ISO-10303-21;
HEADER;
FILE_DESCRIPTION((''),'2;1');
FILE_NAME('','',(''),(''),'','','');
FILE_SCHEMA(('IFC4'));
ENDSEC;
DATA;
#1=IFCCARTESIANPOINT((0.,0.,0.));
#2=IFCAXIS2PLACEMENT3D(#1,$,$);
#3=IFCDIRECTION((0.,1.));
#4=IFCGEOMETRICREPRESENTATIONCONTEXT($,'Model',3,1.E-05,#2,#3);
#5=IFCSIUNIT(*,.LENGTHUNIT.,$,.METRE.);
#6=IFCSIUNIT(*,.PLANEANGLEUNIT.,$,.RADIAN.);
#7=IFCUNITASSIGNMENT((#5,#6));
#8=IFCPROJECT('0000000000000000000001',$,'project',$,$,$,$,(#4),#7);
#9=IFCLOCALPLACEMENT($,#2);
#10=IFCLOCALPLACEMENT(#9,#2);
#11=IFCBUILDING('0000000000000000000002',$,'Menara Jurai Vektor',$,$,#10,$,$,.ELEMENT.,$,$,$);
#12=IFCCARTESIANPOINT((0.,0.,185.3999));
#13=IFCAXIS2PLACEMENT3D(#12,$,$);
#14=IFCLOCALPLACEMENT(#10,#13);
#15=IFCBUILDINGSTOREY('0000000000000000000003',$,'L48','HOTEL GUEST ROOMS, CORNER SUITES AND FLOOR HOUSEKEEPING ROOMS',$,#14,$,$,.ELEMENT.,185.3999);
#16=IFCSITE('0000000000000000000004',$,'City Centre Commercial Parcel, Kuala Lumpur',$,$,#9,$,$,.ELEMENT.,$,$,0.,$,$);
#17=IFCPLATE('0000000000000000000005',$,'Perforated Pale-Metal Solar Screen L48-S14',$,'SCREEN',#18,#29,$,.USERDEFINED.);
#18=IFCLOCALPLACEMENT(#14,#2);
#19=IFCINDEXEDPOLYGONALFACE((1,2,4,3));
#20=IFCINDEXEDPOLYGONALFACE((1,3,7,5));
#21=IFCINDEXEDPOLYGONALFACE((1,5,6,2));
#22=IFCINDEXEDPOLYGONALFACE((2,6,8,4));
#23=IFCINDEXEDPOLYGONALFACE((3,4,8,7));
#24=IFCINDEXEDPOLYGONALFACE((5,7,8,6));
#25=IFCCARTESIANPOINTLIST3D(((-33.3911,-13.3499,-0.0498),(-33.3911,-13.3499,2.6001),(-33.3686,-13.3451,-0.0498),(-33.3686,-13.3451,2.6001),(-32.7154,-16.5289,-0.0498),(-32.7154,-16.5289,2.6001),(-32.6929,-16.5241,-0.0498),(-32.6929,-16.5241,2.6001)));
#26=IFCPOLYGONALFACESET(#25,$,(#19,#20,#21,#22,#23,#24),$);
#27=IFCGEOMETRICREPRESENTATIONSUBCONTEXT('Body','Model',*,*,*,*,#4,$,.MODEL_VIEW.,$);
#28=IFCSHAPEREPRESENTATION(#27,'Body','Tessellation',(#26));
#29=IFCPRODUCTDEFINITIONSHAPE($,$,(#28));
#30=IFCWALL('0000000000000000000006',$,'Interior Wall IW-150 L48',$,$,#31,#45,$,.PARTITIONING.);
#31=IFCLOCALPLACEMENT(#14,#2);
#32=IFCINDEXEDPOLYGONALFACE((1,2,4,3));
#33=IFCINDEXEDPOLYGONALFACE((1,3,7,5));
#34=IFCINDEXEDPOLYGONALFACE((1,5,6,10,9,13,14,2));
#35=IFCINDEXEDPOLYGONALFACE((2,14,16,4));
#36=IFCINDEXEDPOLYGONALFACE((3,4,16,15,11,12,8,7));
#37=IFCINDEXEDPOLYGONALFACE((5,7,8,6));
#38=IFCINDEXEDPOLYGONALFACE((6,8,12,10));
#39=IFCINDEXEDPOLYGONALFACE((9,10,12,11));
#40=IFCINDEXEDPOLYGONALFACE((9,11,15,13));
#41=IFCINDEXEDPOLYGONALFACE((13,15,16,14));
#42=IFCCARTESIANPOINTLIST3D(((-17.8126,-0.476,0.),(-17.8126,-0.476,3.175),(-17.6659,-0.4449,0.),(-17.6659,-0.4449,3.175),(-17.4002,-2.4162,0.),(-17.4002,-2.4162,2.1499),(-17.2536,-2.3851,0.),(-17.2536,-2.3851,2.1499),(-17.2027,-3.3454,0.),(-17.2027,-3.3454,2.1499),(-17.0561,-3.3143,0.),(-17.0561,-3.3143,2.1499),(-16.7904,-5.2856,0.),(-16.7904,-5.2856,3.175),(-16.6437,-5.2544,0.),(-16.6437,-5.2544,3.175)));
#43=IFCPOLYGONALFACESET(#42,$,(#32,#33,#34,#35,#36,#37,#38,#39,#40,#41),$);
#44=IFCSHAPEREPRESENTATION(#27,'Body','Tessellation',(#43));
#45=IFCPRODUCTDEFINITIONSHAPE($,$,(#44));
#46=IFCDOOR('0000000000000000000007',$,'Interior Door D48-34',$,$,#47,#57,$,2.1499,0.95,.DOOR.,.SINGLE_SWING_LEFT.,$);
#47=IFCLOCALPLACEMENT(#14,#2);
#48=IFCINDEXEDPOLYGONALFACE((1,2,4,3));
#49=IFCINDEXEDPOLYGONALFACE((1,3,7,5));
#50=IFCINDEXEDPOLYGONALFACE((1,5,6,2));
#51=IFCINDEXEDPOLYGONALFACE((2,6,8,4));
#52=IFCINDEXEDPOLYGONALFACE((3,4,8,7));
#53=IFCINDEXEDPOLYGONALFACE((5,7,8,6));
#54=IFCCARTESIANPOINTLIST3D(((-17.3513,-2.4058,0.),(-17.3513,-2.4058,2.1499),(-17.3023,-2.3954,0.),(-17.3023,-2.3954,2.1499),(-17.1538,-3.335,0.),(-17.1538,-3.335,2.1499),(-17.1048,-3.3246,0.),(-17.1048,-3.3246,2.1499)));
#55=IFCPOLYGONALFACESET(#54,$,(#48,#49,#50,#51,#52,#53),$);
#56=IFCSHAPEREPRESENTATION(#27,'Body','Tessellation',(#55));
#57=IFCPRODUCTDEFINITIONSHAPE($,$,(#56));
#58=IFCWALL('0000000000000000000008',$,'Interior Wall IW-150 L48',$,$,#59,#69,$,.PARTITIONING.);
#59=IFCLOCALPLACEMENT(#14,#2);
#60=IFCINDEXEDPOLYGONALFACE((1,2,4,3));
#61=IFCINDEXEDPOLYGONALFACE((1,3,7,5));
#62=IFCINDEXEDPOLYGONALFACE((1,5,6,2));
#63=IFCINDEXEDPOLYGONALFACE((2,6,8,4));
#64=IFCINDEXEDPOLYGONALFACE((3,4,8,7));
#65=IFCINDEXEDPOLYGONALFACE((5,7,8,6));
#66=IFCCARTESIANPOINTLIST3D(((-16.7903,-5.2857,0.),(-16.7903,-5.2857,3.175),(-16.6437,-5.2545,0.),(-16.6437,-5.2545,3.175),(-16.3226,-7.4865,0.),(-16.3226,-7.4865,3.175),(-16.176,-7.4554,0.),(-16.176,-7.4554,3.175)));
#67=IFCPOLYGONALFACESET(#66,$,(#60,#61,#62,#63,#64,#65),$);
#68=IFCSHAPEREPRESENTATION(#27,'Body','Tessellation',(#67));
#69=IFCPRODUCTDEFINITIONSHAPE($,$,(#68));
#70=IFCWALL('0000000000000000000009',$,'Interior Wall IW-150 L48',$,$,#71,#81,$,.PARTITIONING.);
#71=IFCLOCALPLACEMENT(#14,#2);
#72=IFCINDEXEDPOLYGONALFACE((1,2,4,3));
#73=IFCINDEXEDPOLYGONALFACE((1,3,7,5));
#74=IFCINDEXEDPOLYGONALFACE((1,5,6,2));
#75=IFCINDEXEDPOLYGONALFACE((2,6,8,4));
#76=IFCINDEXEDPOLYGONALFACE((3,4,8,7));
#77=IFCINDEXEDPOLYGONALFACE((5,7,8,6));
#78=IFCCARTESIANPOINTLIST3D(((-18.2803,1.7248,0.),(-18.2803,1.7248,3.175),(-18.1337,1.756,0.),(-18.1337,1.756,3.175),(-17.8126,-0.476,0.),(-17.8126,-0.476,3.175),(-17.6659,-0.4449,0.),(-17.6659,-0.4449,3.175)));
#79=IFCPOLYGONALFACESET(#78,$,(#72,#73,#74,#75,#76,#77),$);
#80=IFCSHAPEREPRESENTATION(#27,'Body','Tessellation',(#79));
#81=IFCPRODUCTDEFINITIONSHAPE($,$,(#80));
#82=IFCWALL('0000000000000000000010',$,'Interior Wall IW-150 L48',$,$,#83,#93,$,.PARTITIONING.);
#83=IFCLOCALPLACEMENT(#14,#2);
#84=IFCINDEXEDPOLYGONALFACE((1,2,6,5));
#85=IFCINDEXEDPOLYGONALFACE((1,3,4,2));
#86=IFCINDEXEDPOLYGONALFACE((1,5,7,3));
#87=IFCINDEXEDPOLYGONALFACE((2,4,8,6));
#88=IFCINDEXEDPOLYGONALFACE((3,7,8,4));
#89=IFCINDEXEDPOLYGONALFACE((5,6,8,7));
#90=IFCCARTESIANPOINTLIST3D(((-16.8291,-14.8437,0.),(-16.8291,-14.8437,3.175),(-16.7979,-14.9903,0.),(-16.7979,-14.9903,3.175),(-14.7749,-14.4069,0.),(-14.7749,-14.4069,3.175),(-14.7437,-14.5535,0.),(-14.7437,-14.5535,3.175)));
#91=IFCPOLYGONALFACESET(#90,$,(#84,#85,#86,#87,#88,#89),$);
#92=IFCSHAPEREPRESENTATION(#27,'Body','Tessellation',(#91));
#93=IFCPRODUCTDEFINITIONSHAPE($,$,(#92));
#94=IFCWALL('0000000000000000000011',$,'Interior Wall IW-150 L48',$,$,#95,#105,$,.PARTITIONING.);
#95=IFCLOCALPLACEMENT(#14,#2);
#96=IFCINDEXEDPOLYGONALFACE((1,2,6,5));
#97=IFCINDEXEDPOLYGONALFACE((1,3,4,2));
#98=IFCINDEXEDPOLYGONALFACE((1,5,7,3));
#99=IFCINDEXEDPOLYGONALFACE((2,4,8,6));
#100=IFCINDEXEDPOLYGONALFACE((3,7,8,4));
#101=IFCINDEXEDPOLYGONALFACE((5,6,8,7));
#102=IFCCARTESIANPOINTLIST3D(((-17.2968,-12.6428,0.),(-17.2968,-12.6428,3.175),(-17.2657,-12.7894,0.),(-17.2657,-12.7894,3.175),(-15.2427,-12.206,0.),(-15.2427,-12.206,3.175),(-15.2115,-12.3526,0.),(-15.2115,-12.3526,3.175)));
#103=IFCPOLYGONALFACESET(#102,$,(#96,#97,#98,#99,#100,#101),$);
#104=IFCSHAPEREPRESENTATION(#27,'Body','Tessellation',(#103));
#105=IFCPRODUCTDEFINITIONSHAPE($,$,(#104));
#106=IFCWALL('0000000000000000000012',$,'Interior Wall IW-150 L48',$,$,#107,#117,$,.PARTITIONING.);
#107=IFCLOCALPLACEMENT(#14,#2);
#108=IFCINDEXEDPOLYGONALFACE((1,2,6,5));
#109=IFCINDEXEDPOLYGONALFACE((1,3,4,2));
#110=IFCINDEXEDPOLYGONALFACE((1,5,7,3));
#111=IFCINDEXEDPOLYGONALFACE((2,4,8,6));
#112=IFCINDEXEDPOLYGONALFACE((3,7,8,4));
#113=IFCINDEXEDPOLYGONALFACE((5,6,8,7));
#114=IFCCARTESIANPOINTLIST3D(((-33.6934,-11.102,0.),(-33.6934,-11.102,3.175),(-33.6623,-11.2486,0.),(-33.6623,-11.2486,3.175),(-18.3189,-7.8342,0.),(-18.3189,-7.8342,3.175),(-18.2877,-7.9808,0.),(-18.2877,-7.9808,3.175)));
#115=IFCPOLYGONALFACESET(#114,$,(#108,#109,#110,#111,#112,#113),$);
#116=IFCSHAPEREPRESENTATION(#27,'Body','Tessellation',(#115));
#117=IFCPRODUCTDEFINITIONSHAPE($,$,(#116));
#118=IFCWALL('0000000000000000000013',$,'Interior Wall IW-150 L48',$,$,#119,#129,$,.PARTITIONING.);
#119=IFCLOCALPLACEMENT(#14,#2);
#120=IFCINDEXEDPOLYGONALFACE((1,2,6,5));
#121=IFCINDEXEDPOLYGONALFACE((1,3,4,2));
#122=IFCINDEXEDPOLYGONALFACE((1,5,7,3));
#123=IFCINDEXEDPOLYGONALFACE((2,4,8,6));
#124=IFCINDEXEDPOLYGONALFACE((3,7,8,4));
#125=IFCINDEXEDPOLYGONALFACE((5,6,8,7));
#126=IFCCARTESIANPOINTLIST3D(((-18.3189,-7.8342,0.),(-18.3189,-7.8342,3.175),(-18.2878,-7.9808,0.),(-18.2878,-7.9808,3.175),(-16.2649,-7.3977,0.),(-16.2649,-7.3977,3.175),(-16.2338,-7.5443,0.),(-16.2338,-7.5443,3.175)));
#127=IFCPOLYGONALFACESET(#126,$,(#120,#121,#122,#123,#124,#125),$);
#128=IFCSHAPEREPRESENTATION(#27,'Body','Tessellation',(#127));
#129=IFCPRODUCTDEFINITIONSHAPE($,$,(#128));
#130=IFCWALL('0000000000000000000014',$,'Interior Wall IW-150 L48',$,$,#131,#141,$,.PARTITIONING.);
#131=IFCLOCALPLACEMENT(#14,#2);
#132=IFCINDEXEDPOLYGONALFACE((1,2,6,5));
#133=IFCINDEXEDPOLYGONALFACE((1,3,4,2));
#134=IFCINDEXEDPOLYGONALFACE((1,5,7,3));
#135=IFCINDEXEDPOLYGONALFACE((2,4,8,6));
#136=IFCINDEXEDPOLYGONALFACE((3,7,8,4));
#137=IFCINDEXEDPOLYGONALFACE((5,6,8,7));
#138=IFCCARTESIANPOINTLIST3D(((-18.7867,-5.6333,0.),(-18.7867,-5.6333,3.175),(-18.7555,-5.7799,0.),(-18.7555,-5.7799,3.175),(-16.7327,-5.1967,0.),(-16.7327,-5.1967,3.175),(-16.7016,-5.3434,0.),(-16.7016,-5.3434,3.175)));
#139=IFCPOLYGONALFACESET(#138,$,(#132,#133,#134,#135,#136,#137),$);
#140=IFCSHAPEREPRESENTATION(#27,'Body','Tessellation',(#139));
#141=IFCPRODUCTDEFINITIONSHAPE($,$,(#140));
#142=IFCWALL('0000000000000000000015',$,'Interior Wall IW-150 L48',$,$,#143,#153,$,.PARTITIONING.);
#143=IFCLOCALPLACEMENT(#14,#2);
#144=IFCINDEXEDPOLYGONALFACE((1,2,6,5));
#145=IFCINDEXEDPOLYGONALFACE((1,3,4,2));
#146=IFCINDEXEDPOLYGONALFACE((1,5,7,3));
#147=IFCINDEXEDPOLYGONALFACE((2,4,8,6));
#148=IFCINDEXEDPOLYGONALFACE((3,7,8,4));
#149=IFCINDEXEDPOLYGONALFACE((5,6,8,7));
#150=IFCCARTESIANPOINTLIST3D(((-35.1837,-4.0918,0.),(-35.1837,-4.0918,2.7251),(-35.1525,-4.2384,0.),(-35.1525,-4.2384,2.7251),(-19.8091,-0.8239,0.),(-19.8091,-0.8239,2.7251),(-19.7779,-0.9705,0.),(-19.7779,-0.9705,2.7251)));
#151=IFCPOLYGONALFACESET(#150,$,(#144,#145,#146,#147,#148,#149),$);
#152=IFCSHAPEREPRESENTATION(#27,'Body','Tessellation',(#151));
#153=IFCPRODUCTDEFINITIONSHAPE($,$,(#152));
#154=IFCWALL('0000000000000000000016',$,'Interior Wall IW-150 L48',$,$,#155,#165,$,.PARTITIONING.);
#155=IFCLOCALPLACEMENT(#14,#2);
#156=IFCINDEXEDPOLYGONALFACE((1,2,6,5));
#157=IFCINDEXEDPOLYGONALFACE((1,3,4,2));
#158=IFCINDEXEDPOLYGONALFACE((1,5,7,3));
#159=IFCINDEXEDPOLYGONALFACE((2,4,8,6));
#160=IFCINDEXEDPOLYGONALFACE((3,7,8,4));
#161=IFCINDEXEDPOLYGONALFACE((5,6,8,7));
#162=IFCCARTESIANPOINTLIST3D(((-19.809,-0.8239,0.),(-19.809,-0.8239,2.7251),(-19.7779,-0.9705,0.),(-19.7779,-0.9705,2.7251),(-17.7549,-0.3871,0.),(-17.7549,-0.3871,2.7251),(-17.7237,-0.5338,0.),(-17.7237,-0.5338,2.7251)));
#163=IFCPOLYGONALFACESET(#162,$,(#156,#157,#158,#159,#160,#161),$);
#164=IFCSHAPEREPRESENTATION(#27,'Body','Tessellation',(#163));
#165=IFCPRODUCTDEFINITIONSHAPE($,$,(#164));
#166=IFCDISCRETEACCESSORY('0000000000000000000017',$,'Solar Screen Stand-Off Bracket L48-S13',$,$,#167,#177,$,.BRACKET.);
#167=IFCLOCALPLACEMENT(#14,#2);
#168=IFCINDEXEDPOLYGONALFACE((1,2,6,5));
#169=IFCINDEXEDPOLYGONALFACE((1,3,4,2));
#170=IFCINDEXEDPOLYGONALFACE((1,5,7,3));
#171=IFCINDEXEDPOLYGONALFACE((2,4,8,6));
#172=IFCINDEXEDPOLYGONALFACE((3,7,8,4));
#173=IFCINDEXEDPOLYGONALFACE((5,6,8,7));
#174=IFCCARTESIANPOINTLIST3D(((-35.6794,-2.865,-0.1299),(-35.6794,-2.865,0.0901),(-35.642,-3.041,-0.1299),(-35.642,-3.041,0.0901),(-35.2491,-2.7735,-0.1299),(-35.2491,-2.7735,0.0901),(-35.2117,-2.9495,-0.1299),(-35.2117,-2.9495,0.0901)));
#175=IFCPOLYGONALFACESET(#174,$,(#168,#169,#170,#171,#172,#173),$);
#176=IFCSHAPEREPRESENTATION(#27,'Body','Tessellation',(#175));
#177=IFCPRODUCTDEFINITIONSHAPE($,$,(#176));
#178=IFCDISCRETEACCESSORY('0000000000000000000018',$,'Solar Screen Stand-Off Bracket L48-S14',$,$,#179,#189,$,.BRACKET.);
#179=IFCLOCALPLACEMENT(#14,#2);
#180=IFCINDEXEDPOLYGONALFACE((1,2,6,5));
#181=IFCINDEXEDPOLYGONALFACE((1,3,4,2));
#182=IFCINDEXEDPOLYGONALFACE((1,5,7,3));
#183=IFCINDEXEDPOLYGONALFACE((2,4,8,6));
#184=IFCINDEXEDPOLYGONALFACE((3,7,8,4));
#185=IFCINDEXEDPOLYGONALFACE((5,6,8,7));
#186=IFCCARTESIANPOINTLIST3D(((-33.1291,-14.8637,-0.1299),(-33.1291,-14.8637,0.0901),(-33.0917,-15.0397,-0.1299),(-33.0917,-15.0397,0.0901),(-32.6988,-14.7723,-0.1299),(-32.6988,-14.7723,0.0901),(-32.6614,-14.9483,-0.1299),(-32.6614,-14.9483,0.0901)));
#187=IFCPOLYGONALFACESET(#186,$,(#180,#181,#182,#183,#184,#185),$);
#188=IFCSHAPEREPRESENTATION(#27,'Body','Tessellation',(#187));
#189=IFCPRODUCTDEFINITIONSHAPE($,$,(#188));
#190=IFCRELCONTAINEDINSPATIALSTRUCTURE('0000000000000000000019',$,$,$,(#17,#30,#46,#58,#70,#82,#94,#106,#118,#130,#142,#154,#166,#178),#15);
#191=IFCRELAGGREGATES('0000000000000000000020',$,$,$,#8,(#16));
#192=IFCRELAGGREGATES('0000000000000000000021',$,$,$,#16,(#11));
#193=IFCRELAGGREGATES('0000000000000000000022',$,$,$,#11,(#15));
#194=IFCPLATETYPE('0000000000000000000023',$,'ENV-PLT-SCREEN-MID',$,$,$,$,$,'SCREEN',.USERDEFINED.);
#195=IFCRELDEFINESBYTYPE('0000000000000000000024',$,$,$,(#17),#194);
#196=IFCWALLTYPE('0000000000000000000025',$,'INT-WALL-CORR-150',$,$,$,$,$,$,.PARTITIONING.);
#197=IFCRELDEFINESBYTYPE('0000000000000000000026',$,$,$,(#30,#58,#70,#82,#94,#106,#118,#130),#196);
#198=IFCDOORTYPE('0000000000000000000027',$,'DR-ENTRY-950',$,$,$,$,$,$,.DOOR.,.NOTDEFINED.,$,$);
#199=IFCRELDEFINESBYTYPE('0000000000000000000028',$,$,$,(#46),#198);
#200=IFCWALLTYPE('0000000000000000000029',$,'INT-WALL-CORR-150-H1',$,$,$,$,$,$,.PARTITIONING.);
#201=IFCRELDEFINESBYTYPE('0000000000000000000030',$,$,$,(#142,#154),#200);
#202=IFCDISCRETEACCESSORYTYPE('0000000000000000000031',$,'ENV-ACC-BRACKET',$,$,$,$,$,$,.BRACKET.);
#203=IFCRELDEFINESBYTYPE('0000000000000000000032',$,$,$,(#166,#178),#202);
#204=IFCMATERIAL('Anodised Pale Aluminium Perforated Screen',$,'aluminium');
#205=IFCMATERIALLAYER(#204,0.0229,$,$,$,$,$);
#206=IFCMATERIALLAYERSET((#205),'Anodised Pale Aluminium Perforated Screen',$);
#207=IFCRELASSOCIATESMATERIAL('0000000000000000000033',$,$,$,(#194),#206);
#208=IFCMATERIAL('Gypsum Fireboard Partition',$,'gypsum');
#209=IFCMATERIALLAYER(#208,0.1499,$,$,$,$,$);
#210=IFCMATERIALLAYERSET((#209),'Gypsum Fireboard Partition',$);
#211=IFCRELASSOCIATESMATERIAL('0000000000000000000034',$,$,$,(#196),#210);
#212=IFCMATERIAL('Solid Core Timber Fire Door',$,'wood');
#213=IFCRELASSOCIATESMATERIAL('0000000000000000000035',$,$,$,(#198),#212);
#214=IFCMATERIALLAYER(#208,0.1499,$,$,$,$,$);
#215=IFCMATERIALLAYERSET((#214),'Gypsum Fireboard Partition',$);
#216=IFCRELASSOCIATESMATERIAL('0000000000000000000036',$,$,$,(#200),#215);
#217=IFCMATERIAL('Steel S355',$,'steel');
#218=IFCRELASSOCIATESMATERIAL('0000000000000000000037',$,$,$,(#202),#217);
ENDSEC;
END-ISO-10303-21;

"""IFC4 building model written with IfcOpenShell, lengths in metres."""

from ifc_helpers import new_model, si_unit, direction, frame, frame_2d, origin, origin_2d, place, context, subcontext, project, spatial, rectangle, extrude, material, layer, layer_set, type_object, element, fill, save


model = new_model("IFC4")

# Units and contexts
model_context = context("Model", 3, precision=1e-05, world=origin(), true_north=direction((0.0, 1.0)))
body_context = subcontext(model_context, "Body", "Model", "MODEL_VIEW")
ifc_project = project(units=[si_unit("LENGTHUNIT", "METRE"), si_unit("PLANEANGLEUNIT", "RADIAN")], contexts=[model_context])

# Site, building, storey
site_placement = place(None, origin())
site = spatial("IfcSite", under=ifc_project, at=site_placement, Name="City Centre Commercial Parcel, Kuala Lumpur", CompositionType="ELEMENT", RefElevation=0.0)
building_placement = place(site_placement, origin())
building = spatial("IfcBuilding", under=site, at=building_placement, Name="Menara Jurai Vektor", CompositionType="ELEMENT")
storey_placement = place(building_placement, frame((0.0, 0.0, 185.3999)))
storey = spatial("IfcBuildingStorey", under=building, at=storey_placement, Name="L48", Description="HOTEL GUEST ROOMS, CORNER SUITES AND FLOOR HOUSEKEEPING ROOMS", CompositionType="ELEMENT", Elevation=185.3999)

# Shared definitions
ifc_material_1 = material(Name="Steel S355", Category="steel")

# Plate
ifc_material_2 = material(Name="Anodised Pale Aluminium Perforated Screen", Category="aluminium")
ifc_layer_1 = layer(ifc_material_2, 0.0229)
ifc_layer_set_1 = layer_set([ifc_layer_1], Name="Anodised Pale Aluminium Perforated Screen")
plate_type_1 = type_object("IfcPlateType", Name="ENV-PLT-SCREEN-MID", ElementType="SCREEN", PredefinedType="USERDEFINED", material=ifc_layer_set_1)
for number, where, z_axis, x_axis, name in (
    (1, (-33.042, -14.937, -0.0498), (0.0, 0.0, 1.0), (0.207912, -0.978148, 0.0), "Perforated Pale-Metal Solar Screen L48-S14"),
):
    element("IfcPlate", number, at=place(storey_placement, frame(where, z_axis=z_axis, x_axis=x_axis)), inside=storey, type_object=plate_type_1, Name=name, ObjectType="SCREEN", PredefinedType="USERDEFINED", context=body_context, shape_type="SweptSolid", body=[
        extrude(rectangle(XDim=3.25, YDim=0.0229, at=origin_2d()), origin(), (0.0, 0.0, 1.0), 2.6499),
    ])

# Wall, opening, door
ifc_material_3 = material(Name="Gypsum Fireboard Partition", Category="gypsum")
ifc_layer_2 = layer(ifc_material_3, 0.1499)
ifc_layer_set_2 = layer_set([ifc_layer_2], Name="Gypsum Fireboard Partition")
wall_type_1 = type_object("IfcWallType", Name="INT-WALL-CORR-150", PredefinedType="PARTITIONING", material=ifc_layer_set_2)
wall_1_placement = place(storey_placement, frame((-16.717, -5.27, 0.0), z_axis=(0.0, 0.0, 1.0), x_axis=(-0.207894, 0.978151, 0.0)))
wall_1 = element("IfcWall", 2, at=wall_1_placement, inside=storey, type_object=wall_type_1, Name="Interior Wall IW-150 L48", PredefinedType="PARTITIONING", context=body_context, shape_type="SweptSolid", body=[
    extrude(rectangle(XDim=4.917, YDim=0.1499, at=frame_2d((2.4585, 0.0))), origin(), (0.0, 0.0, 1.0), 3.175),
])
opening_1_placement = place(wall_1_placement, frame((1.9834, 0.0, 0.0)))
opening_1 = element("IfcOpeningElement", 3, at=opening_1_placement, cuts=wall_1, PredefinedType="OPENING", context=body_context, shape_type="SweptSolid", body=[
    extrude(rectangle(XDim=0.95, YDim=2.1499, at=frame_2d((0.4751, 1.075))), frame((0.0, 0.085, 0.0), z_axis=(0.0, -1.0, 0.0), x_axis=(1.0, 0.0, 0.0)), (0.0, 0.0, 1.0), 0.1699),
])
ifc_material_4 = material(Name="Solid Core Timber Fire Door", Category="wood")
door_type_1 = type_object("IfcDoorType", Name="DR-ENTRY-950", OperationType="NOTDEFINED", PredefinedType="DOOR", material=ifc_material_4)
door_1_placement = place(opening_1_placement, origin())
door_1 = element("IfcDoor", 4, at=door_1_placement, inside=storey, type_object=door_type_1, Name="Interior Door D48-34", OperationType="SINGLE_SWING_LEFT", OverallHeight=2.1499, OverallWidth=0.95, PredefinedType="DOOR", context=body_context, shape_type="SweptSolid", body=[
    extrude(rectangle(XDim=0.95, YDim=2.1499, at=frame_2d((0.4751, 1.075))), frame((0.0, 0.0249, 0.0), z_axis=(0.0, -1.0, 0.0), x_axis=(1.0, 0.0, 0.0)), (0.0, 0.0, 1.0), 0.05),
])
fill(opening_1, door_1)

# Walls
for number, where, z_axis, x_axis, name in (
    (5, (-16.2493, -7.4709, 0.0), (0.0, 0.0, 1.0), (-0.207891, 0.978152, 0.0), "Interior Wall IW-150 L48"),
    (6, (-17.7393, -0.4604, 0.0), (0.0, 0.0, 1.0), (-0.207891, 0.978152, 0.0), "Interior Wall IW-150 L48"),
):
    element("IfcWall", number, at=place(storey_placement, frame(where, z_axis=z_axis, x_axis=x_axis)), inside=storey, type_object=wall_type_1, Name=name, PredefinedType="PARTITIONING", context=body_context, shape_type="SweptSolid", body=[
        extrude(rectangle(XDim=2.25, YDim=0.1499, at=frame_2d((1.125, 0.0))), origin(), (0.0, 0.0, 1.0), 3.175),
    ])
wall_2_placement = place(storey_placement, frame((-16.8135, -14.917, 0.0), z_axis=(0.0, 0.0, 1.0), x_axis=(0.978135, 0.207973, 0.0)))
element("IfcWall", 7, at=wall_2_placement, inside=storey, type_object=wall_type_1, Name="Interior Wall IW-150 L48", PredefinedType="PARTITIONING", context=body_context, shape_type="SweptSolid", body=[
    extrude(rectangle(XDim=2.1001, YDim=0.1499, at=frame_2d((1.05, 0.0))), origin(), (0.0, 0.0, 1.0), 3.175),
])

# Walls
wall_3_placement = place(storey_placement, frame((-17.2812, -12.7161, 0.0), z_axis=(0.0, 0.0, 1.0), x_axis=(0.978135, 0.207973, 0.0)))
element("IfcWall", 8, at=wall_3_placement, inside=storey, type_object=wall_type_1, Name="Interior Wall IW-150 L48", PredefinedType="PARTITIONING", context=body_context, shape_type="SweptSolid", body=[
    extrude(rectangle(XDim=2.1001, YDim=0.1499, at=frame_2d((1.05, 0.0))), origin(), (0.0, 0.0, 1.0), 3.175),
])
wall_4_placement = place(storey_placement, frame((-33.6777, -11.1753, 0.0), z_axis=(0.0, 0.0, 1.0), x_axis=(0.978149, 0.207904, 0.0)))
element("IfcWall", 9, at=wall_4_placement, inside=storey, type_object=wall_type_1, Name="Interior Wall IW-150 L48", PredefinedType="PARTITIONING", context=body_context, shape_type="SweptSolid", body=[
    extrude(rectangle(XDim=15.718, YDim=0.1499, at=frame_2d((7.8589, 0.0))), origin(), (0.0, 0.0, 1.0), 3.175),
])
wall_5_placement = place(storey_placement, frame((-18.3032, -7.9075, 0.0), z_axis=(0.0, 0.0, 1.0), x_axis=(0.978153, 0.207885, 0.0)))
element("IfcWall", 10, at=wall_5_placement, inside=storey, type_object=wall_type_1, Name="Interior Wall IW-150 L48", PredefinedType="PARTITIONING", context=body_context, shape_type="SweptSolid", body=[
    extrude(rectangle(XDim=2.0999, YDim=0.1499, at=frame_2d((1.0498, 0.0))), origin(), (0.0, 0.0, 1.0), 3.175),
])

# Wall
wall_6_placement = place(storey_placement, frame((-18.771, -5.7065, 0.0), z_axis=(0.0, 0.0, 1.0), x_axis=(0.978153, 0.207885, 0.0)))
element("IfcWall", 11, at=wall_6_placement, inside=storey, type_object=wall_type_1, Name="Interior Wall IW-150 L48", PredefinedType="PARTITIONING", context=body_context, shape_type="SweptSolid", body=[
    extrude(rectangle(XDim=2.0999, YDim=0.1499, at=frame_2d((1.0498, 0.0))), origin(), (0.0, 0.0, 1.0), 3.175),
])

# Walls
ifc_layer_3 = layer(ifc_material_3, 0.1499)
ifc_layer_set_3 = layer_set([ifc_layer_3], Name="Gypsum Fireboard Partition")
wall_type_2 = type_object("IfcWallType", Name="INT-WALL-CORR-150-H1", PredefinedType="PARTITIONING", material=ifc_layer_set_3)
wall_7_placement = place(storey_placement, frame((-35.168, -4.165, 0.0), z_axis=(0.0, 0.0, 1.0), x_axis=(0.978149, 0.207904, 0.0)))
element("IfcWall", 12, at=wall_7_placement, inside=storey, type_object=wall_type_2, Name="Interior Wall IW-150 L48", PredefinedType="PARTITIONING", context=body_context, shape_type="SweptSolid", body=[
    extrude(rectangle(XDim=15.718, YDim=0.1499, at=frame_2d((7.8589, 0.0))), origin(), (0.0, 0.0, 1.0), 2.7251),
])
wall_8_placement = place(storey_placement, frame((-19.7935, -0.8972, 0.0), z_axis=(0.0, 0.0, 1.0), x_axis=(0.978135, 0.207973, 0.0)))
element("IfcWall", 13, at=wall_8_placement, inside=storey, type_object=wall_type_2, Name="Interior Wall IW-150 L48", PredefinedType="PARTITIONING", context=body_context, shape_type="SweptSolid", body=[
    extrude(rectangle(XDim=2.1001, YDim=0.1499, at=frame_2d((1.05, 0.0))), origin(), (0.0, 0.0, 1.0), 2.7251),
])

# Discrete accessories
discrete_accessory_type = type_object("IfcDiscreteAccessoryType", Name="ENV-ACC-BRACKET", PredefinedType="BRACKET", material=ifc_material_1)
for number, where, z_axis, x_axis, name in (
    (14, (-35.4456, -2.9072, -0.1299), (0.0, 0.0, 1.0), (0.207912, -0.978148, 0.0), "Solar Screen Stand-Off Bracket L48-S13"),
    (15, (-32.8953, -14.906, -0.1299), (0.0, 0.0, 1.0), (0.207912, -0.978148, 0.0), "Solar Screen Stand-Off Bracket L48-S14"),
):
    element("IfcDiscreteAccessory", number, at=place(storey_placement, frame(where, z_axis=z_axis, x_axis=x_axis)), inside=storey, type_object=discrete_accessory_type, Name=name, PredefinedType="BRACKET", context=body_context, shape_type="SweptSolid", body=[
        extrude(rectangle(XDim=0.1799, YDim=0.4399, at=origin_2d()), origin(), (0.0, 0.0, 1.0), 0.22),
    ])

save(model, "model.ifc")
